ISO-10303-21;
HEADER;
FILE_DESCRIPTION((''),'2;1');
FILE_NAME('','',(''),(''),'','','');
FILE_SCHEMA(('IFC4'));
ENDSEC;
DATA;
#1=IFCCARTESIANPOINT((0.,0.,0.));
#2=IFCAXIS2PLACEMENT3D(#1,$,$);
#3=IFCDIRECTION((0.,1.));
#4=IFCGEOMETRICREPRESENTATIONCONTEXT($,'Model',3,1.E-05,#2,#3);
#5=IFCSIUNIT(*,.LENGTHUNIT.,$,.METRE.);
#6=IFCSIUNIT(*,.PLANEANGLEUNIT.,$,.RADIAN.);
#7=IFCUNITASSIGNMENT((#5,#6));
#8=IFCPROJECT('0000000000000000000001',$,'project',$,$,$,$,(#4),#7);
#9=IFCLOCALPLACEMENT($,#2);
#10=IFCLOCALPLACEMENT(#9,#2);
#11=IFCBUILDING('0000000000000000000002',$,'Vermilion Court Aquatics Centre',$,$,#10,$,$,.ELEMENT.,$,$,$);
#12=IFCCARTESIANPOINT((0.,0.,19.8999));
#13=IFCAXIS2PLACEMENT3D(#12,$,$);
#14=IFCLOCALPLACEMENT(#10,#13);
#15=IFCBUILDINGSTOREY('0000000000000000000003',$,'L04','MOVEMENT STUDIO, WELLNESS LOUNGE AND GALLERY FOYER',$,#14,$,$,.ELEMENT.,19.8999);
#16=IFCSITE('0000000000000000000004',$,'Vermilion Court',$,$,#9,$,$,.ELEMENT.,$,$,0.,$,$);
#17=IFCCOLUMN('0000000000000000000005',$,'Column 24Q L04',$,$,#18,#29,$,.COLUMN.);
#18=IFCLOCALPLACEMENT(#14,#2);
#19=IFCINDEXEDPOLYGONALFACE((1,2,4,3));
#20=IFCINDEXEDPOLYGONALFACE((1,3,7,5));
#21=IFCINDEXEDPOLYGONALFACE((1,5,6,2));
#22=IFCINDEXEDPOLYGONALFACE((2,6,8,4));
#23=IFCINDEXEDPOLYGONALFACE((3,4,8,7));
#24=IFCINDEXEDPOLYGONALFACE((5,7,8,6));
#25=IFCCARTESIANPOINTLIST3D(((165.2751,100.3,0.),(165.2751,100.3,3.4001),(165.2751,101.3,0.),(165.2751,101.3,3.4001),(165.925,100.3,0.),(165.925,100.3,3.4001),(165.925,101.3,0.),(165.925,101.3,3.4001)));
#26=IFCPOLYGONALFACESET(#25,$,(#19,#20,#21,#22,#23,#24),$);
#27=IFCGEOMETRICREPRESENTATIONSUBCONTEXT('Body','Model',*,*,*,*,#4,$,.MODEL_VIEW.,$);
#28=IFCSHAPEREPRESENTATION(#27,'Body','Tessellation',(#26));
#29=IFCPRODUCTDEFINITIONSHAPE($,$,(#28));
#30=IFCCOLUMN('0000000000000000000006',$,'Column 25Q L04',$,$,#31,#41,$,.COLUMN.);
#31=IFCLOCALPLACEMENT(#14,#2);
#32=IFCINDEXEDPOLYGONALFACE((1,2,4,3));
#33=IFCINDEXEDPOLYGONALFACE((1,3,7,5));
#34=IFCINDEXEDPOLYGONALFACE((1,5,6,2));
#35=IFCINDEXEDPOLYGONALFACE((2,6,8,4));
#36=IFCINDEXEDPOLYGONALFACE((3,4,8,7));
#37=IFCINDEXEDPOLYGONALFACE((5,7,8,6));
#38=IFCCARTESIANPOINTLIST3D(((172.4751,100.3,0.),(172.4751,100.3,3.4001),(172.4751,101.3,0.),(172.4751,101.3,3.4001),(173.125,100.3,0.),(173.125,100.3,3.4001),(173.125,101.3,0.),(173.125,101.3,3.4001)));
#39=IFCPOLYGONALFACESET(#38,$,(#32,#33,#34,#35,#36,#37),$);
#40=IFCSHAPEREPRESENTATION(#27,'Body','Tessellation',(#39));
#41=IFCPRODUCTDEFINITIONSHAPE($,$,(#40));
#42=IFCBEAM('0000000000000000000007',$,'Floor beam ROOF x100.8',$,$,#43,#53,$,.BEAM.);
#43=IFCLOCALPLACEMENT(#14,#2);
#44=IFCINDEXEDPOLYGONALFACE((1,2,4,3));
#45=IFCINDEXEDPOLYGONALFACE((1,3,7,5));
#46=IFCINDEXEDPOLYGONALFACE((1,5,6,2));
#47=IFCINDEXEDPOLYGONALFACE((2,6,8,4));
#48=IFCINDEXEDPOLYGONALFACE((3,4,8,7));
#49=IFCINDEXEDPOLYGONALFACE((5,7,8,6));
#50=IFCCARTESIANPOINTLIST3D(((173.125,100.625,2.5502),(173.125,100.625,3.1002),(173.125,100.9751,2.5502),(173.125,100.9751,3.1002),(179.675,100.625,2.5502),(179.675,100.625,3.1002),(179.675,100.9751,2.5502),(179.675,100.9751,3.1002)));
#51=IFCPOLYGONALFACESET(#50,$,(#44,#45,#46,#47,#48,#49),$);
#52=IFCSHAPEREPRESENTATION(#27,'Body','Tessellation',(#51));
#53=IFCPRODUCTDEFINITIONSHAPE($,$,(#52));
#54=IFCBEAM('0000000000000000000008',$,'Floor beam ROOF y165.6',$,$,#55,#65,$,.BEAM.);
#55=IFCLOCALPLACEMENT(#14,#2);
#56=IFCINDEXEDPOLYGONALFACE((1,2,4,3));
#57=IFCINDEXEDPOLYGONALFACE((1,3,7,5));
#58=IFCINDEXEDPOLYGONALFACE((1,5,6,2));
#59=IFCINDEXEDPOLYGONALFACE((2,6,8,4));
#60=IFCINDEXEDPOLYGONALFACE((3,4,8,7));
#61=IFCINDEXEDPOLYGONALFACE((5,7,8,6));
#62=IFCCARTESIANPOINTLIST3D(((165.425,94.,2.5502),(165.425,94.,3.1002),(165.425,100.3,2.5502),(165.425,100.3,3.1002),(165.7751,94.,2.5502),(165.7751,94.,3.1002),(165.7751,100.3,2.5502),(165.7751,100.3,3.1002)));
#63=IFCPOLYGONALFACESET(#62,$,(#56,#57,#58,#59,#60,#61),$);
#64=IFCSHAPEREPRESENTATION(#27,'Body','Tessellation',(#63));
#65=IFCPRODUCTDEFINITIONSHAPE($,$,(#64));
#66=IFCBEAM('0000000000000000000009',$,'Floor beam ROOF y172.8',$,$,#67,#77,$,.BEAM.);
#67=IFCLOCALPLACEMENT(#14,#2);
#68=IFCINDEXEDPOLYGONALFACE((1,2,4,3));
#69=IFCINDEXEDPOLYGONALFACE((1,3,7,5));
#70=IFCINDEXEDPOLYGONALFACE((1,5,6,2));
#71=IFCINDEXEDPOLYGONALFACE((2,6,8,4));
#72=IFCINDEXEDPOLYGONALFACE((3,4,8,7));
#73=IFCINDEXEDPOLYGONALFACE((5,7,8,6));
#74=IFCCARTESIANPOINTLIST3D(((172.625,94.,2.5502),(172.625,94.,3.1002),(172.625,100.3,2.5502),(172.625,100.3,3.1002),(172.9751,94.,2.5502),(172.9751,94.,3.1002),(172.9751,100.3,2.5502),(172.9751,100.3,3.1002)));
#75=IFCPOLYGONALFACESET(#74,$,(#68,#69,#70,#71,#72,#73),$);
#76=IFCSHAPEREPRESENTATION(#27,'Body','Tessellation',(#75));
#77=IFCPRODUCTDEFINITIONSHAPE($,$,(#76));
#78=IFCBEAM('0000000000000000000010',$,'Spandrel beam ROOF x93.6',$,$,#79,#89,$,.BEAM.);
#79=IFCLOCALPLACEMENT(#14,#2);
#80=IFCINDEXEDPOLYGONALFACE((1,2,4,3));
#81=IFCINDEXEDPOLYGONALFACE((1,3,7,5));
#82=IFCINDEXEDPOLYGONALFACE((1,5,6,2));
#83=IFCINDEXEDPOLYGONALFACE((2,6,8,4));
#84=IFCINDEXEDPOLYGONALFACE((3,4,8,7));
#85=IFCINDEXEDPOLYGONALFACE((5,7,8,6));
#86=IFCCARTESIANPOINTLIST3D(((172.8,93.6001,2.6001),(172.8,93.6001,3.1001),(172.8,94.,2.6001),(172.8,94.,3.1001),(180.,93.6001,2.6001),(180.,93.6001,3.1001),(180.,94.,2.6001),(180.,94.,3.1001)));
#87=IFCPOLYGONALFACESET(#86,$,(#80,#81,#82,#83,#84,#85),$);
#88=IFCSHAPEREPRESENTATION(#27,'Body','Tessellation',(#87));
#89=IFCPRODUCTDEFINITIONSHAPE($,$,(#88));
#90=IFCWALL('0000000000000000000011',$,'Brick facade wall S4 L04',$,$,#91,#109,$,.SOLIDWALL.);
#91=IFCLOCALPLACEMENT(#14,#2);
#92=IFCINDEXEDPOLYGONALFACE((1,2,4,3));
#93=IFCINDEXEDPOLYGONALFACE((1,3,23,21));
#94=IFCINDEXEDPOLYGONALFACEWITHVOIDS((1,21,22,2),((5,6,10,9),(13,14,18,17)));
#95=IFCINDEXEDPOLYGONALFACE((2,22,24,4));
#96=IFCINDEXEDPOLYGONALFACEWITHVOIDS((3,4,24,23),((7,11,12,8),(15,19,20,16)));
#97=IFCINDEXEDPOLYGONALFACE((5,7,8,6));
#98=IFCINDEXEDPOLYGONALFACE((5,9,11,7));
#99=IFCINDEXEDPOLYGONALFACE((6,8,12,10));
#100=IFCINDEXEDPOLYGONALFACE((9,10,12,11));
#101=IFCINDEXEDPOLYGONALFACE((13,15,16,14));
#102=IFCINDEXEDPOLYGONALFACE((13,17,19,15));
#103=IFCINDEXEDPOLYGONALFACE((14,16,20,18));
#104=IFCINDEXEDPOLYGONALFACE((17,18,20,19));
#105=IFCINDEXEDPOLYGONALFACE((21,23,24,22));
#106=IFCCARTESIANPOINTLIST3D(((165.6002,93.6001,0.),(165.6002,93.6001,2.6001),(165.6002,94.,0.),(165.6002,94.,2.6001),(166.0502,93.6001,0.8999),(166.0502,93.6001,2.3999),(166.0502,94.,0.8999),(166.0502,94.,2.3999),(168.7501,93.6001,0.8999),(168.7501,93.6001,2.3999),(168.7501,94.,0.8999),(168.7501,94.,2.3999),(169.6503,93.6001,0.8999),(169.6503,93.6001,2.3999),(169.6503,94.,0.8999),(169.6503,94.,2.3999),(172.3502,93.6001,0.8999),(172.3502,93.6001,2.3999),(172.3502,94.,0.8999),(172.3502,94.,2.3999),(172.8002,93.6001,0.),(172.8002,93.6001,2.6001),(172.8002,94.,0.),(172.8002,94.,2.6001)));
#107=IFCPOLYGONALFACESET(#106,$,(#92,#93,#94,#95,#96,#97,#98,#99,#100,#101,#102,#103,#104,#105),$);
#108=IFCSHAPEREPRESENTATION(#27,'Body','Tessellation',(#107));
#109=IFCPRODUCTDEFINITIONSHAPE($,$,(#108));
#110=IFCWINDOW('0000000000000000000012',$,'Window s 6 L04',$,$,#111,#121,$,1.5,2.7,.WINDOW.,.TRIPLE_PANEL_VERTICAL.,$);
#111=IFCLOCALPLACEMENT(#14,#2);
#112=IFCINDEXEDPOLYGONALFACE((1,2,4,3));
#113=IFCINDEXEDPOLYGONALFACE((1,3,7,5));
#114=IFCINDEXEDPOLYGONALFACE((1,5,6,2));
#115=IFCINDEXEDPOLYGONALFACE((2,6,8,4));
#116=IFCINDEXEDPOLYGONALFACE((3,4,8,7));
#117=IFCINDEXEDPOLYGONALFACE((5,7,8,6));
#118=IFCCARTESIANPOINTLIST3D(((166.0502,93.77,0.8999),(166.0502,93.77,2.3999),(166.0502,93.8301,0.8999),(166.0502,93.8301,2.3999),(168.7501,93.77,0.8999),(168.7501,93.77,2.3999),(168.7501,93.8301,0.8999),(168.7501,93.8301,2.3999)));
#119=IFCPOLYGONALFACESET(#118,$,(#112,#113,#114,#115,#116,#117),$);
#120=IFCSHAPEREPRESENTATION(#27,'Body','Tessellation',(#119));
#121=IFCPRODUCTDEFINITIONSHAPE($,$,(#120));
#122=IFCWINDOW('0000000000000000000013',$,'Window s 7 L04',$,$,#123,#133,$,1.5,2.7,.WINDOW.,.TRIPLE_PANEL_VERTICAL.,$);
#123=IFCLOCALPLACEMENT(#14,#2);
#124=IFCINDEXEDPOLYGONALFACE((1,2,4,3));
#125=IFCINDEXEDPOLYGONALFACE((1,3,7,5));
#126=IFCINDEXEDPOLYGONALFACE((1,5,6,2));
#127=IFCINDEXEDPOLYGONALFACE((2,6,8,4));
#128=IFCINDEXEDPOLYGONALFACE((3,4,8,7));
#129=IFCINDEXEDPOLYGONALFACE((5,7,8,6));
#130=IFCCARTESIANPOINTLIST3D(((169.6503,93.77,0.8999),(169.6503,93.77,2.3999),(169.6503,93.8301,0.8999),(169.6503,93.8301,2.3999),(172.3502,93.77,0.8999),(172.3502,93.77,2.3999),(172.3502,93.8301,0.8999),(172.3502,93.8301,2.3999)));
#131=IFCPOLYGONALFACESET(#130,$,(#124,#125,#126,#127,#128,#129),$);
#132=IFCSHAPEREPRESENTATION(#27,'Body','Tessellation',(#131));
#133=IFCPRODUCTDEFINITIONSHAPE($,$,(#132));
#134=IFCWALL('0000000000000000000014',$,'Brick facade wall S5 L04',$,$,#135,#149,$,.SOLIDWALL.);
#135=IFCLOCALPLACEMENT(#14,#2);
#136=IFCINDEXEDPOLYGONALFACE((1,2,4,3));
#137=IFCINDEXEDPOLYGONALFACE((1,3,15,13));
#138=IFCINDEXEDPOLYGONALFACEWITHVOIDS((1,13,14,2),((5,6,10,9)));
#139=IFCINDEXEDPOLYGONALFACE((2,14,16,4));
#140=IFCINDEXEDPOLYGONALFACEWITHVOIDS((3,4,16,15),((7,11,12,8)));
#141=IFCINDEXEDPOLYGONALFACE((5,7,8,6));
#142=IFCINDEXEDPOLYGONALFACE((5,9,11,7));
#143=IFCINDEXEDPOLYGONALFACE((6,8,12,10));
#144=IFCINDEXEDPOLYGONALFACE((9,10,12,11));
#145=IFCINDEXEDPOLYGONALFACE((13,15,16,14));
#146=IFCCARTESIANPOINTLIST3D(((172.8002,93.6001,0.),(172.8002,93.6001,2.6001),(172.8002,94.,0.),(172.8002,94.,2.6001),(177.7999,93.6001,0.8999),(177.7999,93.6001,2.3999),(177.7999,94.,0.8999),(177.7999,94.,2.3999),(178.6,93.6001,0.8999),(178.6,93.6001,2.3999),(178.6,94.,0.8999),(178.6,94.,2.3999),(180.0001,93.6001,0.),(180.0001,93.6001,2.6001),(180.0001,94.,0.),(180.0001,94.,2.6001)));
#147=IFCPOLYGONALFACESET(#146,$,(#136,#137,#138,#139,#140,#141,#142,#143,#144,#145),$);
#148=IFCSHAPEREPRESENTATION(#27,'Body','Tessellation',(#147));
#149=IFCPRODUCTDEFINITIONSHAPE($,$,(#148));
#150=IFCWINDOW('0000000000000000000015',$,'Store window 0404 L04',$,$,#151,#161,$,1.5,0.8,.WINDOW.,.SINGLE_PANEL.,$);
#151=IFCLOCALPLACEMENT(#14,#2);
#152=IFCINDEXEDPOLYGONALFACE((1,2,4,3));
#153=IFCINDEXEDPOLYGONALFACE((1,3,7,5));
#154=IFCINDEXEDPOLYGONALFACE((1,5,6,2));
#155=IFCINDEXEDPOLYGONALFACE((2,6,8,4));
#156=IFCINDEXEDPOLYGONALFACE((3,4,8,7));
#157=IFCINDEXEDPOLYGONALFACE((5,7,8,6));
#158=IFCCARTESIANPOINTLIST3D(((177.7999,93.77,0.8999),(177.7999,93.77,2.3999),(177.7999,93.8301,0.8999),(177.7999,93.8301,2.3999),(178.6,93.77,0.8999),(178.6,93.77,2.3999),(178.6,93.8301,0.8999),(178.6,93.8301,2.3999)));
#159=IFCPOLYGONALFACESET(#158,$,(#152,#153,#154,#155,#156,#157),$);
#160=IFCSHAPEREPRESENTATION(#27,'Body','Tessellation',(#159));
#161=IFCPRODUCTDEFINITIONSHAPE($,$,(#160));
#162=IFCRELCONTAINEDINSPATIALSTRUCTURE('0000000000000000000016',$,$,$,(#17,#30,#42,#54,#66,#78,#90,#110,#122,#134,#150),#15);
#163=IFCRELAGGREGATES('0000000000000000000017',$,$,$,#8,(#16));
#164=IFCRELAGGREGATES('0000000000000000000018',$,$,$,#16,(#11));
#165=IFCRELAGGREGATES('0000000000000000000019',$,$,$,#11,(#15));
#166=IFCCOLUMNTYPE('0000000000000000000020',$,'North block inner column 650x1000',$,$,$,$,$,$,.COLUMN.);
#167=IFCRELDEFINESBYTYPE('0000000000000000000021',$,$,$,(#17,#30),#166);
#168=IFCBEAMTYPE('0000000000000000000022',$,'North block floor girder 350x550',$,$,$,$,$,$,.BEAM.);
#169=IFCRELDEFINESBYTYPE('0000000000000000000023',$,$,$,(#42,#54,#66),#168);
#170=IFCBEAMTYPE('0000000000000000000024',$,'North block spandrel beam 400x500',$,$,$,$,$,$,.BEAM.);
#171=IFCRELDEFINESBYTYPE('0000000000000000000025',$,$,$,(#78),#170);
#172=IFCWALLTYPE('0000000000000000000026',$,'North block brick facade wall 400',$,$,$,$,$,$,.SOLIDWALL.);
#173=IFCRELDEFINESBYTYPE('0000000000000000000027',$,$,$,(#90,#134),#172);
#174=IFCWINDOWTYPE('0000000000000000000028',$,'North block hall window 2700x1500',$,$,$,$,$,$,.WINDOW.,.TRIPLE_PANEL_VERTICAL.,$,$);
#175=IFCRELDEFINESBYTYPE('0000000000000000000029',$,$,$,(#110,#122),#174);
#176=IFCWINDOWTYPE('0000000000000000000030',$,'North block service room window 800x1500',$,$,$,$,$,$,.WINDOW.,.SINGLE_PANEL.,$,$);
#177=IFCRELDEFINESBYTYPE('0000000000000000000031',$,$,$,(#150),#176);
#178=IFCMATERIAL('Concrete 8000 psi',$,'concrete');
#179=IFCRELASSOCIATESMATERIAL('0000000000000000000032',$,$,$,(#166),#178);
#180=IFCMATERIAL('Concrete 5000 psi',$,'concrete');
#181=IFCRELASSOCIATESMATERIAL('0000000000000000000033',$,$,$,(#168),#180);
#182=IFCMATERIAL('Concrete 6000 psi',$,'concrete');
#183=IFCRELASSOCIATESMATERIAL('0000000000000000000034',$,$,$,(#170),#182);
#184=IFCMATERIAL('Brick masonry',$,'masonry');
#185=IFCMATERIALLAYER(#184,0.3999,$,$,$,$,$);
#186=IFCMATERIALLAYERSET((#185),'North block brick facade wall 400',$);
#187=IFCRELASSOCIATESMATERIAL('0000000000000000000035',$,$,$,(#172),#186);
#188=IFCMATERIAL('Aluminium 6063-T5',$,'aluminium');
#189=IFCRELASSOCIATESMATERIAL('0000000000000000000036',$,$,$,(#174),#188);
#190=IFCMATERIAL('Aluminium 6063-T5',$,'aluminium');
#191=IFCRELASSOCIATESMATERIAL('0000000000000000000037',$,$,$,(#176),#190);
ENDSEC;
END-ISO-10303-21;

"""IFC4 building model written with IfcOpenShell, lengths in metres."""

from ifc_helpers import new_model, si_unit, direction, frame, frame_2d, origin, origin_2d, place, context, subcontext, project, spatial, rectangle, extrude, material, layer, layer_set, material_profile, profile_set, type_object, element, fill, save


model = new_model("IFC4")

# Units and contexts
model_context = context("Model", 3, precision=1e-05, world=origin(), true_north=direction((0.0, 1.0)))
body_context = subcontext(model_context, "Body", "Model", "MODEL_VIEW")
ifc_project = project(units=[si_unit("LENGTHUNIT", "METRE"), si_unit("PLANEANGLEUNIT", "RADIAN")], contexts=[model_context])

# Site, building, storey
site_placement = place(None, origin())
site = spatial("IfcSite", under=ifc_project, at=site_placement, Name="Vermilion Court", CompositionType="ELEMENT", RefElevation=0.0)
building_placement = place(site_placement, origin())
building = spatial("IfcBuilding", under=site, at=building_placement, Name="Vermilion Court Aquatics Centre", CompositionType="ELEMENT")
storey_placement = place(building_placement, frame((0.0, 0.0, 19.8999)))
storey = spatial("IfcBuildingStorey", under=building, at=storey_placement, Name="L04", Description="MOVEMENT STUDIO, WELLNESS LOUNGE AND GALLERY FOYER", CompositionType="ELEMENT", Elevation=19.8999)

# Columns
ifc_material_1 = material(Name="Concrete 8000 psi", Category="concrete")
ifc_material_profile_1 = material_profile(ifc_material_1, rectangle(XDim=0.6499, YDim=1.0, at=origin_2d()), Name="RC 650x1000")
ifc_profile_set_1 = profile_set([ifc_material_profile_1], Name="Concrete 8000 psi")
column_type = type_object("IfcColumnType", Name="North block inner column 650x1000", PredefinedType="COLUMN", material=ifc_profile_set_1)
for number, where, z_axis, x_axis, name in (
    (1, (165.6001, 100.8, 0.0), (0.0, 0.0, 1.0), (1.0, 0.0, 0.0), "Column 24Q L04"),
    (2, (172.8, 100.8, 0.0), (0.0, 0.0, 1.0), (1.0, 0.0, 0.0), "Column 25Q L04"),
):
    element("IfcColumn", number, at=place(storey_placement, frame(where, z_axis=z_axis, x_axis=x_axis)), inside=storey, type_object=column_type, Name=name, PredefinedType="COLUMN", context=body_context, shape_type="SweptSolid", body=[
        extrude(rectangle(XDim=0.6499, YDim=1.0, at=origin_2d()), origin(), (0.0, 0.0, 1.0), 3.4001),
    ])

# Beams
ifc_material_2 = material(Name="Concrete 5000 psi", Category="concrete")
ifc_material_profile_2 = material_profile(ifc_material_2, rectangle(XDim=0.3501, YDim=0.55, at=origin_2d()), Name="RC 350x550")
ifc_profile_set_2 = profile_set([ifc_material_profile_2], Name="Concrete 5000 psi")
beam_type_1 = type_object("IfcBeamType", Name="North block floor girder 350x550", PredefinedType="BEAM", material=ifc_profile_set_2)
beam_1_placement = place(storey_placement, frame((173.125, 100.8, 2.8252), z_axis=(1.0, 0.0, 0.0), x_axis=(0.0, 1.0, 0.0)))
element("IfcBeam", 3, at=beam_1_placement, inside=storey, type_object=beam_type_1, Name="Floor beam ROOF x100.8", PredefinedType="BEAM", context=body_context, shape_type="SweptSolid", body=[
    extrude(rectangle(XDim=0.3501, YDim=0.55, at=origin_2d()), origin(), (0.0, 0.0, 1.0), 6.55),
])
for number, where, z_axis, x_axis, name in (
    (4, (165.6001, 94.0, 2.8252), (0.0, 1.0, 0.0), (-1.0, 0.0, 0.0), "Floor beam ROOF y165.6"),
    (5, (172.8, 94.0, 2.8252), (0.0, 1.0, 0.0), (-1.0, 0.0, 0.0), "Floor beam ROOF y172.8"),
):
    element("IfcBeam", number, at=place(storey_placement, frame(where, z_axis=z_axis, x_axis=x_axis)), inside=storey, type_object=beam_type_1, Name=name, PredefinedType="BEAM", context=body_context, shape_type="SweptSolid", body=[
        extrude(rectangle(XDim=0.3501, YDim=0.55, at=origin_2d()), origin(), (0.0, 0.0, 1.0), 6.3),
    ])
ifc_material_3 = material(Name="Concrete 6000 psi", Category="concrete")
ifc_material_profile_3 = material_profile(ifc_material_3, rectangle(XDim=0.3999, YDim=0.5, at=origin_2d()), Name="RC 400x500")
ifc_profile_set_3 = profile_set([ifc_material_profile_3], Name="Concrete 6000 psi")
beam_type_2 = type_object("IfcBeamType", Name="North block spandrel beam 400x500", PredefinedType="BEAM", material=ifc_profile_set_3)
beam_2_placement = place(storey_placement, frame((172.8, 93.8, 2.8501), z_axis=(1.0, 0.0, 0.0), x_axis=(0.0, 1.0, 0.0)))
element("IfcBeam", 6, at=beam_2_placement, inside=storey, type_object=beam_type_2, Name="Spandrel beam ROOF x93.6", PredefinedType="BEAM", context=body_context, shape_type="SweptSolid", body=[
    extrude(rectangle(XDim=0.3999, YDim=0.5, at=origin_2d()), origin(), (0.0, 0.0, 1.0), 7.2),
])

# Wall, openings, windows
ifc_material_4 = material(Name="Brick masonry", Category="masonry")
ifc_layer_1 = layer(ifc_material_4, 0.3999)
ifc_layer_set_1 = layer_set([ifc_layer_1], Name="North block brick facade wall 400")
wall_type_1 = type_object("IfcWallType", Name="North block brick facade wall 400", PredefinedType="SOLIDWALL", material=ifc_layer_set_1)
wall_1_placement = place(storey_placement, frame((165.6001, 93.8, 0.0), z_axis=(0.0, 0.0, 1.0), x_axis=(1.0, 0.0, 0.0)))
wall_1 = element("IfcWall", 7, at=wall_1_placement, inside=storey, type_object=wall_type_1, Name="Brick facade wall S4 L04", PredefinedType="SOLIDWALL", context=body_context, shape_type="SweptSolid", body=[
    extrude(rectangle(XDim=7.2, YDim=0.3999, at=frame_2d((3.6001, 0.0))), origin(), (0.0, 0.0, 1.0), 2.6001),
])
opening_1_placement = place(wall_1_placement, frame((0.45, 0.0, 0.8999)))
opening_1 = element("IfcOpeningElement", 8, at=opening_1_placement, cuts=wall_1, PredefinedType="OPENING", context=body_context, shape_type="SweptSolid", body=[
    extrude(rectangle(XDim=2.7, YDim=1.5, at=frame_2d((1.3501, 0.75))), frame((0.0, 0.21, 0.0), z_axis=(0.0, -1.0, 0.0), x_axis=(1.0, 0.0, 0.0)), (0.0, 0.0, 1.0), 0.4199),
])
opening_2_placement = place(wall_1_placement, frame((4.05, 0.0, 0.8999)))
opening_2 = element("IfcOpeningElement", 9, at=opening_2_placement, cuts=wall_1, PredefinedType="OPENING", context=body_context, shape_type="SweptSolid", body=[
    extrude(rectangle(XDim=2.7, YDim=1.5, at=frame_2d((1.3501, 0.75))), frame((0.0, 0.21, 0.0), z_axis=(0.0, -1.0, 0.0), x_axis=(1.0, 0.0, 0.0)), (0.0, 0.0, 1.0), 0.4199),
])
ifc_material_5 = material(Name="Aluminium 6063-T5", Category="aluminium")
window_type_1 = type_object("IfcWindowType", Name="North block hall window 2700x1500", PartitioningType="TRIPLE_PANEL_VERTICAL", PredefinedType="WINDOW", material=ifc_material_5)
window_1_placement = place(opening_1_placement, origin())
window_1 = element("IfcWindow", 10, at=window_1_placement, inside=storey, type_object=window_type_1, Name="Window s 6 L04", OverallHeight=1.5, OverallWidth=2.7, PartitioningType="TRIPLE_PANEL_VERTICAL", PredefinedType="WINDOW", context=body_context, shape_type="SweptSolid", body=[
    extrude(rectangle(XDim=2.7, YDim=1.5, at=frame_2d((1.3501, 0.75))), frame((0.0, 0.03, 0.0), z_axis=(0.0, -1.0, 0.0), x_axis=(1.0, 0.0, 0.0)), (0.0, 0.0, 1.0), 0.0601),
])
fill(opening_1, window_1)
window_2_placement = place(opening_2_placement, origin())
window_2 = element("IfcWindow", 11, at=window_2_placement, inside=storey, type_object=window_type_1, Name="Window s 7 L04", OverallHeight=1.5, OverallWidth=2.7, PartitioningType="TRIPLE_PANEL_VERTICAL", PredefinedType="WINDOW", context=body_context, shape_type="SweptSolid", body=[
    extrude(rectangle(XDim=2.7, YDim=1.5, at=frame_2d((1.3501, 0.75))), frame((0.0, 0.03, 0.0), z_axis=(0.0, -1.0, 0.0), x_axis=(1.0, 0.0, 0.0)), (0.0, 0.0, 1.0), 0.0601),
])
fill(opening_2, window_2)

# Wall, opening, window
wall_2_placement = place(storey_placement, frame((172.8, 93.8, 0.0), z_axis=(0.0, 0.0, 1.0), x_axis=(1.0, 0.0, 0.0)))
wall_2 = element("IfcWall", 12, at=wall_2_placement, inside=storey, type_object=wall_type_1, Name="Brick facade wall S5 L04", PredefinedType="SOLIDWALL", context=body_context, shape_type="SweptSolid", body=[
    extrude(rectangle(XDim=7.2, YDim=0.3999, at=frame_2d((3.6001, 0.0))), origin(), (0.0, 0.0, 1.0), 2.6001),
])
opening_3_placement = place(wall_2_placement, frame((5.0, 0.0, 0.8999)))
opening_3 = element("IfcOpeningElement", 13, at=opening_3_placement, cuts=wall_2, PredefinedType="OPENING", context=body_context, shape_type="SweptSolid", body=[
    extrude(rectangle(XDim=0.8, YDim=1.5, at=frame_2d((0.3999, 0.75))), frame((0.0, 0.21, 0.0), z_axis=(0.0, -1.0, 0.0), x_axis=(1.0, 0.0, 0.0)), (0.0, 0.0, 1.0), 0.4199),
])
ifc_material_6 = material(Name="Aluminium 6063-T5", Category="aluminium")
window_type_2 = type_object("IfcWindowType", Name="North block service room window 800x1500", PartitioningType="SINGLE_PANEL", PredefinedType="WINDOW", material=ifc_material_6)
window_3_placement = place(opening_3_placement, origin())
window_3 = element("IfcWindow", 14, at=window_3_placement, inside=storey, type_object=window_type_2, Name="Store window 0404 L04", OverallHeight=1.5, OverallWidth=0.8, PartitioningType="SINGLE_PANEL", PredefinedType="WINDOW", context=body_context, shape_type="SweptSolid", body=[
    extrude(rectangle(XDim=0.8, YDim=1.5, at=frame_2d((0.3999, 0.75))), frame((0.0, 0.03, 0.0), z_axis=(0.0, -1.0, 0.0), x_axis=(1.0, 0.0, 0.0)), (0.0, 0.0, 1.0), 0.0601),
])
fill(opening_3, window_3)

save(model, "model.ifc")
